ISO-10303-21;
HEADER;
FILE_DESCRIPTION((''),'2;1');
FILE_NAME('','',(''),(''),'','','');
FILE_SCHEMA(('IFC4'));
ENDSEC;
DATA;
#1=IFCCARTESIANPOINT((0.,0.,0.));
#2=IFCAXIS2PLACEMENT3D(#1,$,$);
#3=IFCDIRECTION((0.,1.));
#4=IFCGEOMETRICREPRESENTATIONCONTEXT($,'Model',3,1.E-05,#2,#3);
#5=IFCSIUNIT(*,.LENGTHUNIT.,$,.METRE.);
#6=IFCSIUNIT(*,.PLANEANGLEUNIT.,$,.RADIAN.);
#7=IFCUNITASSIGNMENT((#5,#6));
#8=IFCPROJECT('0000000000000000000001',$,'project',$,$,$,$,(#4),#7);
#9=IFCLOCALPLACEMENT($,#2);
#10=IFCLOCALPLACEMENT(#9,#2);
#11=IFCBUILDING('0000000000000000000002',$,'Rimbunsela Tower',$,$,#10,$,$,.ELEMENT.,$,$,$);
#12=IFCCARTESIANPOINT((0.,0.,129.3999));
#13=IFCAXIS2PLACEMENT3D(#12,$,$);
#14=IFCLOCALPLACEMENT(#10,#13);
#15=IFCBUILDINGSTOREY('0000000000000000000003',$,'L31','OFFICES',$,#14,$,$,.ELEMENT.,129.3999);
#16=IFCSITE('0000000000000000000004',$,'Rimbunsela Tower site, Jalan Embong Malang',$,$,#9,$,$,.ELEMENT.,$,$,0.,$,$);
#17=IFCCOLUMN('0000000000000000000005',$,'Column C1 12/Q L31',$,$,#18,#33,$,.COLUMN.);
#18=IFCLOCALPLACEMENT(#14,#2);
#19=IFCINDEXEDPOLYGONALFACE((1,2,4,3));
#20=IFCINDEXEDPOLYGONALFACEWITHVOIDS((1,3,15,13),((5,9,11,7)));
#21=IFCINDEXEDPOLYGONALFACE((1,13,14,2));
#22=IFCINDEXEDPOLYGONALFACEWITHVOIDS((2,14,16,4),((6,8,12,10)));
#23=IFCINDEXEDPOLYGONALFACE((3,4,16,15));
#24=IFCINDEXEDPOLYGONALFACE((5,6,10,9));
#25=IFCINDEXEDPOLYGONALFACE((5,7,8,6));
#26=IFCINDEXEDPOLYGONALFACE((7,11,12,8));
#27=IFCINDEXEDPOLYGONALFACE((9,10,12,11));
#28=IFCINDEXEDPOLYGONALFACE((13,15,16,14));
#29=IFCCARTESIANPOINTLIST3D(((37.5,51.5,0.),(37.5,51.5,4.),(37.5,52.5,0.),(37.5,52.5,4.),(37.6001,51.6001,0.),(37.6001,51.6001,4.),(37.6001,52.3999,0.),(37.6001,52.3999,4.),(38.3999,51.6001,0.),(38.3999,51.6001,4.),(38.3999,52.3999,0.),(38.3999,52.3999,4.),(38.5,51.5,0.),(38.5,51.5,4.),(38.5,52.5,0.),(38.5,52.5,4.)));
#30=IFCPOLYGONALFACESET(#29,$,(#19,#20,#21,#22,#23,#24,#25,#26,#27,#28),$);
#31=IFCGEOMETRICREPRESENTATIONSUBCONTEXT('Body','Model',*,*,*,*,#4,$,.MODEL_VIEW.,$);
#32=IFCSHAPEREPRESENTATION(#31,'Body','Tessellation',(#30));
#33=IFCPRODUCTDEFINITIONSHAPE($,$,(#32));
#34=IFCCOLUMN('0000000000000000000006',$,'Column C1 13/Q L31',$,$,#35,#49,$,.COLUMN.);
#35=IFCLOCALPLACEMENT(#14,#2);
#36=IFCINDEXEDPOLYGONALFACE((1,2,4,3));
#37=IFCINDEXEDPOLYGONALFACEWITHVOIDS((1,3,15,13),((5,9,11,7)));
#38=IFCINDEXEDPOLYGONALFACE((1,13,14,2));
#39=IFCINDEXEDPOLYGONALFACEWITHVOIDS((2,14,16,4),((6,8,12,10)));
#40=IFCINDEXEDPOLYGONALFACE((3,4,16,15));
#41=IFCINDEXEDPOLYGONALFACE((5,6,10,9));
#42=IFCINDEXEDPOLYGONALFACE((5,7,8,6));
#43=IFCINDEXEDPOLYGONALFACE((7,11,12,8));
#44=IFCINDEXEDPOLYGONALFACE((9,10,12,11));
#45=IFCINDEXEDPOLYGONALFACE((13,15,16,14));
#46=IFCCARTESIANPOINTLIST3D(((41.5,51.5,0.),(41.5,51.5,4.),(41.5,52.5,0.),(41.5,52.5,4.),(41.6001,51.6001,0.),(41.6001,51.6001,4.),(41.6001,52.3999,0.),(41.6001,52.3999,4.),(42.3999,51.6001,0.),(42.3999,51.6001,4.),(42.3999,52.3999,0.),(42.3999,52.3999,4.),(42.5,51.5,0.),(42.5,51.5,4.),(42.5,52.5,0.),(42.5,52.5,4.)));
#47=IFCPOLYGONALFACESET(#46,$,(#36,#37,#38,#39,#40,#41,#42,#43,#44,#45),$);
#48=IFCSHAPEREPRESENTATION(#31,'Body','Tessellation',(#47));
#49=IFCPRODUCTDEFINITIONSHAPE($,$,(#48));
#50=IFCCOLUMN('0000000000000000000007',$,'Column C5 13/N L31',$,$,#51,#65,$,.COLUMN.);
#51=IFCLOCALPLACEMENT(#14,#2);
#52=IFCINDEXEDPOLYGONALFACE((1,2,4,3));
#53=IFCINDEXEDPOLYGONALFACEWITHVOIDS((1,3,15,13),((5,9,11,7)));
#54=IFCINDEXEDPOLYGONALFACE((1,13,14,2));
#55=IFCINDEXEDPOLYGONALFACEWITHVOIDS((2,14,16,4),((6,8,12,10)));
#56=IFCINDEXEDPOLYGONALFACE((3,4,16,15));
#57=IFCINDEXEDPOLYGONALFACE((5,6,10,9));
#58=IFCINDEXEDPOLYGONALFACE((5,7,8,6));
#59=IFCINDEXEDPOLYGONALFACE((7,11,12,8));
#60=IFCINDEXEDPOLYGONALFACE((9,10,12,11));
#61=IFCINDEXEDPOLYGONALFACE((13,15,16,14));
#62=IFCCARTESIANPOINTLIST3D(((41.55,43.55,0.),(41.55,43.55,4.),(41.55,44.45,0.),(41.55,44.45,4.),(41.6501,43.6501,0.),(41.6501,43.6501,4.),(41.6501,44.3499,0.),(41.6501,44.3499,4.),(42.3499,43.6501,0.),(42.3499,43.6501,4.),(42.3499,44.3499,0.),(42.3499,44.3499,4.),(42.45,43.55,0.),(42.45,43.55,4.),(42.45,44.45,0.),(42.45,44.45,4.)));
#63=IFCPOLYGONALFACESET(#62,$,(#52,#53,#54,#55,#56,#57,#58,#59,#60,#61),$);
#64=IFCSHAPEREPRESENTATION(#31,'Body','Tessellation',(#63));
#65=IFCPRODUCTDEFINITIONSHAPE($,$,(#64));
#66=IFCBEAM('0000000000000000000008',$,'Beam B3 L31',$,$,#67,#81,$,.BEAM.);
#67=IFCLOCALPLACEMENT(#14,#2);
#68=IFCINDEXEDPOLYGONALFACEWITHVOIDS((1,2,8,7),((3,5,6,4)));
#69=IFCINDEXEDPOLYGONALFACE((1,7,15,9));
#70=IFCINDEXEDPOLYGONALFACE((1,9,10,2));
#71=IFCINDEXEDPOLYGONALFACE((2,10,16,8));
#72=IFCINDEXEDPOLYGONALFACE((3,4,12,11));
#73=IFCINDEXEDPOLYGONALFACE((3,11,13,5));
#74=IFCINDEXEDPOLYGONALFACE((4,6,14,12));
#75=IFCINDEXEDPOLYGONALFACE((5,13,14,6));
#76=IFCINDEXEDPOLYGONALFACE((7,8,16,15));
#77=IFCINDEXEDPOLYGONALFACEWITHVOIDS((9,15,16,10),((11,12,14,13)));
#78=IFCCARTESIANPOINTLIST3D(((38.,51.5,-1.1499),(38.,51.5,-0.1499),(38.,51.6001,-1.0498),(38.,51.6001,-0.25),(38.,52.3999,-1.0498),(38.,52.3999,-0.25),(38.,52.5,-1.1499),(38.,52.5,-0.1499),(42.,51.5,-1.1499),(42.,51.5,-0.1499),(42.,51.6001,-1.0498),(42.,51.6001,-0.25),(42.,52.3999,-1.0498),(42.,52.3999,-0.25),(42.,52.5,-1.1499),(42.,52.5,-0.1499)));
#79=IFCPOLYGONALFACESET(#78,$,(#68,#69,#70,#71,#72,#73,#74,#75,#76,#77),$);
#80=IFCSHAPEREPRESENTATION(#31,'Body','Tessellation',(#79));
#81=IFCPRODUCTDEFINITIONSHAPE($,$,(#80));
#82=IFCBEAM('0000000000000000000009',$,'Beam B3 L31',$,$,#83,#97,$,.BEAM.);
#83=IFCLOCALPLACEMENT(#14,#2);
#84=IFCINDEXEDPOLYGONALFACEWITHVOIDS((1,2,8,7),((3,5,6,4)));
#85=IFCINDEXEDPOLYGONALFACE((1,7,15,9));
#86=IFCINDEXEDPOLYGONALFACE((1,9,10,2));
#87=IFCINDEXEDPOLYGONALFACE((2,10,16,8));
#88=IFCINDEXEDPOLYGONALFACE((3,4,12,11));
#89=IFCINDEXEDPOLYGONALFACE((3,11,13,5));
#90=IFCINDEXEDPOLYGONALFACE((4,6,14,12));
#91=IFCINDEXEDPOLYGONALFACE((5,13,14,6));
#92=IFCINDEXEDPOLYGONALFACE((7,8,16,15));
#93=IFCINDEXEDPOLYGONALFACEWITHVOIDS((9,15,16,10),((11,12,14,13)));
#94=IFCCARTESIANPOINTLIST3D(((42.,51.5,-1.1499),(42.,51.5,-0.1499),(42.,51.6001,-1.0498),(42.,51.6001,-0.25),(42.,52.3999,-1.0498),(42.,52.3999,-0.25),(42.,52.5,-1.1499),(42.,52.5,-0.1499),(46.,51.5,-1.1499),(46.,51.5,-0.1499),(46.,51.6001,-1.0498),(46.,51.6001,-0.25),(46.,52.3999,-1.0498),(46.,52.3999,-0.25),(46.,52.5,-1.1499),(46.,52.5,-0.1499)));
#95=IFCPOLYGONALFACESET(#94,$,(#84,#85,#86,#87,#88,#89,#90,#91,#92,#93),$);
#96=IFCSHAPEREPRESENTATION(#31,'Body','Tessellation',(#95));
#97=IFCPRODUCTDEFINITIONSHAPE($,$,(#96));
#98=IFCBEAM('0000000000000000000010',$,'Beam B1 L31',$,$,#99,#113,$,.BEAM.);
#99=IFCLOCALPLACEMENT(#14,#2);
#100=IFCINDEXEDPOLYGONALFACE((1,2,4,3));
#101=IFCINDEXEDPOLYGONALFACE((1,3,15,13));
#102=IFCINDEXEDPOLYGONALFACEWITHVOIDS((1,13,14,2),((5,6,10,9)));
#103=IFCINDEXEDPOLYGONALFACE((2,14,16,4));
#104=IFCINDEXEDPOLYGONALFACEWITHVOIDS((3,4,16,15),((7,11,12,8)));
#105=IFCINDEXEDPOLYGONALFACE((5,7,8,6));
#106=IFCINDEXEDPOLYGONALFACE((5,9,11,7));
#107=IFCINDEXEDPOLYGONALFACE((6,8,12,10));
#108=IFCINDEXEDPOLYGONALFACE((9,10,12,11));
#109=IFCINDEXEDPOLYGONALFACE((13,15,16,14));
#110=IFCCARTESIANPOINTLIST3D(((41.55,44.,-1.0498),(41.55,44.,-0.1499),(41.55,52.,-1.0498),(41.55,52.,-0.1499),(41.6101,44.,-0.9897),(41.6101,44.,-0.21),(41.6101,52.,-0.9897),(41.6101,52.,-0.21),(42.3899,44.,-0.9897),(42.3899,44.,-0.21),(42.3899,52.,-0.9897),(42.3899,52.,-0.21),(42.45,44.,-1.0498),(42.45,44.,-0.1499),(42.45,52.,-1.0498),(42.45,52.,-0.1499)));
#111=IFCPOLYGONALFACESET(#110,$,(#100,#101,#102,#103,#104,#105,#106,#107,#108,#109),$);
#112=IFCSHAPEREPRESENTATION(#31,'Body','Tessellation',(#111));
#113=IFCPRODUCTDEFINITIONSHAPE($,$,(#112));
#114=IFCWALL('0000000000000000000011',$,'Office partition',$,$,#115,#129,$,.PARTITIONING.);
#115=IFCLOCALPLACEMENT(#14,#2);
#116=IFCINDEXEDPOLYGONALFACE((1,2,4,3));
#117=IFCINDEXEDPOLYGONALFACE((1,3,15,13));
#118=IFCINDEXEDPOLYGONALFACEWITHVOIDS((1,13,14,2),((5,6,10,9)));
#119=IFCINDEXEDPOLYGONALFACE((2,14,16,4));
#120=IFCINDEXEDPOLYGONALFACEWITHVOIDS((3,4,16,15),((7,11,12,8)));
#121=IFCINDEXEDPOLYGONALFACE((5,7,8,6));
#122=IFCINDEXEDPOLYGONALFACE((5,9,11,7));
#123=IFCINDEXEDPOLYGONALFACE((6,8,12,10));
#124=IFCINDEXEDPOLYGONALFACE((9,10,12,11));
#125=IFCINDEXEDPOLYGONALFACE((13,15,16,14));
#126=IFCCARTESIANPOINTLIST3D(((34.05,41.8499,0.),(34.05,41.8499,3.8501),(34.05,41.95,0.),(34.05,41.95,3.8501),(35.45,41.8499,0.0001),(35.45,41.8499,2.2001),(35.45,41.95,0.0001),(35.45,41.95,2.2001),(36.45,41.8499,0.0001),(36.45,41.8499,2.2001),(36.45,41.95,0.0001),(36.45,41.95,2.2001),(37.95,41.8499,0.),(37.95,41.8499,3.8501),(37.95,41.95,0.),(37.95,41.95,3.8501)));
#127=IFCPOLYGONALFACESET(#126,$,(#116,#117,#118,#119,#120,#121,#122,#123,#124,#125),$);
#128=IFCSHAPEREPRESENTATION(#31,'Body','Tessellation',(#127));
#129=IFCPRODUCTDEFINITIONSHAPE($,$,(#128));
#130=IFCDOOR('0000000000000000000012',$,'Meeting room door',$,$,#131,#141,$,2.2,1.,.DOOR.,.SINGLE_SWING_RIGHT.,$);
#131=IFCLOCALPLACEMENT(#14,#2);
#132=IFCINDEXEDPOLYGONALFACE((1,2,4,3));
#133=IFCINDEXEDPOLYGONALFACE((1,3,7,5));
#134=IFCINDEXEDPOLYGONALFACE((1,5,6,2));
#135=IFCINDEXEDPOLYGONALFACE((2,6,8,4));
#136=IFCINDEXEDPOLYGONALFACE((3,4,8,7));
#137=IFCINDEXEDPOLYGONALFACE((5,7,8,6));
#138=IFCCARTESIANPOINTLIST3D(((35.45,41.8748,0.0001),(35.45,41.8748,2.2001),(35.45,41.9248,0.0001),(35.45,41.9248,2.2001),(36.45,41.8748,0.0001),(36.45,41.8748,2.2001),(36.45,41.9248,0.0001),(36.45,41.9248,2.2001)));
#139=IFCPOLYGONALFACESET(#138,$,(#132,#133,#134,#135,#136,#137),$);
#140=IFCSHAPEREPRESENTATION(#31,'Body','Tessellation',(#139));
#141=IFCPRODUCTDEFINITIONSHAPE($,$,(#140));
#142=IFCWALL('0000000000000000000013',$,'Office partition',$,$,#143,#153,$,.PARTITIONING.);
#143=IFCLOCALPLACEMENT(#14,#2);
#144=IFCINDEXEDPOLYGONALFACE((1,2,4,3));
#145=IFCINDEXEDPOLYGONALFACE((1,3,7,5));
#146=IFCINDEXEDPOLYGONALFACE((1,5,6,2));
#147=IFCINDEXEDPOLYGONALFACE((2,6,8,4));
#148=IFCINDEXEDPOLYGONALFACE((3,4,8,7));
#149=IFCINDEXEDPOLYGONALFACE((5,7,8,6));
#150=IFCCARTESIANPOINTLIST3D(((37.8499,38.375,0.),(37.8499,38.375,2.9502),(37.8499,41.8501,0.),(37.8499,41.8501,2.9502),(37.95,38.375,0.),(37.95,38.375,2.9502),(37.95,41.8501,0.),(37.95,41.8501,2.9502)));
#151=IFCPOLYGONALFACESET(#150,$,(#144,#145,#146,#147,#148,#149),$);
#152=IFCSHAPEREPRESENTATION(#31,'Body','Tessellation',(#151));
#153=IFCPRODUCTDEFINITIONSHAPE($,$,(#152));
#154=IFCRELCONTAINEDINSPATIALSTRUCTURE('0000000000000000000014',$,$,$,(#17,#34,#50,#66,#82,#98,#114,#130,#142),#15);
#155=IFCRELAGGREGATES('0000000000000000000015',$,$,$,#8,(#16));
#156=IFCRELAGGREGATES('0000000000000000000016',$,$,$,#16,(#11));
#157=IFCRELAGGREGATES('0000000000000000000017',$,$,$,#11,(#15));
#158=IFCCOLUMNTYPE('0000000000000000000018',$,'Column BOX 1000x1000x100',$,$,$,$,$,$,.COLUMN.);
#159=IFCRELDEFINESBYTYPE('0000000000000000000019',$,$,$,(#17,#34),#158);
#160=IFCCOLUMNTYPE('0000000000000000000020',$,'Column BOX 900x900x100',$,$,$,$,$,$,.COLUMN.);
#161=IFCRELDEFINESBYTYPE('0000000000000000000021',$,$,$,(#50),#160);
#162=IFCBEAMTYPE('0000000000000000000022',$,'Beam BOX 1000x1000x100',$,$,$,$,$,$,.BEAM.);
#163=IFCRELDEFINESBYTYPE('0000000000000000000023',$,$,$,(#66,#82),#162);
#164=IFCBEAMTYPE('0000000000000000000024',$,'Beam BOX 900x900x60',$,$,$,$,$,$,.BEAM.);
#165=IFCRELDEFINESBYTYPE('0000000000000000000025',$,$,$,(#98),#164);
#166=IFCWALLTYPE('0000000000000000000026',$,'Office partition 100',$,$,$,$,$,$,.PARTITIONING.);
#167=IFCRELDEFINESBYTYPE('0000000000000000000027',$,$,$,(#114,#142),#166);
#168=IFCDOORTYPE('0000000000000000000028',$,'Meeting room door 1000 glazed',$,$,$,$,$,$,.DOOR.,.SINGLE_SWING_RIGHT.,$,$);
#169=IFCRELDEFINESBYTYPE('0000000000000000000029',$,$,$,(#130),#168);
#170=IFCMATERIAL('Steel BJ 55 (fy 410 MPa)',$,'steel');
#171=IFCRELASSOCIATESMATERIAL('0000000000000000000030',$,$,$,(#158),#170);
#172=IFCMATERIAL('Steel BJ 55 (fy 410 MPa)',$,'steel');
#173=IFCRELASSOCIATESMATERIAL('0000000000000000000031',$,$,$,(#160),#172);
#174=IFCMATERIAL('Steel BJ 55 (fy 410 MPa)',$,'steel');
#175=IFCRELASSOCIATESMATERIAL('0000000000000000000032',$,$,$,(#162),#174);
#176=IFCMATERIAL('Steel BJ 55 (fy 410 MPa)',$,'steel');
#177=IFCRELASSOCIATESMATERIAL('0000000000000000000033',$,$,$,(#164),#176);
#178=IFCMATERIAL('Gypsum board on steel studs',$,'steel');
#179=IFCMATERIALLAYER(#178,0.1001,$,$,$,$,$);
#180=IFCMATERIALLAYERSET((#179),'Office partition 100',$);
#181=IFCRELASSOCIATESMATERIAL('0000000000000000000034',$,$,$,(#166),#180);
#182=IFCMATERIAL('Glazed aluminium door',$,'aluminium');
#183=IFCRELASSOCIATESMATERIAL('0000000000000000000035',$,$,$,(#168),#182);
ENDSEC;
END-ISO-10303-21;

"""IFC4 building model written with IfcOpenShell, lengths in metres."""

from ifc_helpers import new_model, si_unit, direction, frame, frame_2d, origin, origin_2d, place, context, subcontext, project, spatial, rectangle, hollow_rectangle, extrude, material, layer, layer_set, material_profile, profile_set, type_object, element, fill, save


model = new_model("IFC4")

# Units and contexts
model_context = context("Model", 3, precision=1e-05, world=origin(), true_north=direction((0.0, 1.0)))
body_context = subcontext(model_context, "Body", "Model", "MODEL_VIEW")
ifc_project = project(units=[si_unit("LENGTHUNIT", "METRE"), si_unit("PLANEANGLEUNIT", "RADIAN")], contexts=[model_context])

# Site, building, storey
site_placement = place(None, origin())
site = spatial("IfcSite", under=ifc_project, at=site_placement, Name="Rimbunsela Tower site, Jalan Embong Malang", CompositionType="ELEMENT", RefElevation=0.0)
building_placement = place(site_placement, origin())
building = spatial("IfcBuilding", under=site, at=building_placement, Name="Rimbunsela Tower", CompositionType="ELEMENT")
storey_placement = place(building_placement, frame((0.0, 0.0, 129.3999)))
storey = spatial("IfcBuildingStorey", under=building, at=storey_placement, Name="L31", Description="OFFICES", CompositionType="ELEMENT", Elevation=129.3999)

# Columns
ifc_material_1 = material(Name="Steel BJ 55 (fy 410 MPa)", Category="steel")
ifc_material_profile_1 = material_profile(ifc_material_1, hollow_rectangle(XDim=1.0, YDim=1.0, WallThickness=0.1001, at=origin_2d()), Name="BOX 1000x1000x100")
ifc_profile_set_1 = profile_set([ifc_material_profile_1], Name="Steel BJ 55 (fy 410 MPa)")
column_type_1 = type_object("IfcColumnType", Name="Column BOX 1000x1000x100", PredefinedType="COLUMN", material=ifc_profile_set_1)
for number, where, z_axis, x_axis, name in (
    (1, (38.0, 52.0, 0.0), (0.0, 0.0, 1.0), (1.0, 0.0, 0.0), "Column C1 12/Q L31"),
    (2, (42.0, 52.0, 0.0), (0.0, 0.0, 1.0), (1.0, 0.0, 0.0), "Column C1 13/Q L31"),
):
    element("IfcColumn", number, at=place(storey_placement, frame(where, z_axis=z_axis, x_axis=x_axis)), inside=storey, type_object=column_type_1, Name=name, PredefinedType="COLUMN", context=body_context, shape_type="SweptSolid", body=[
        extrude(hollow_rectangle(XDim=1.0, YDim=1.0, WallThickness=0.1001, at=origin_2d()), origin(), (0.0, 0.0, 1.0), 4.0),
    ])
ifc_material_2 = material(Name="Steel BJ 55 (fy 410 MPa)", Category="steel")
ifc_material_profile_2 = material_profile(ifc_material_2, hollow_rectangle(XDim=0.8999, YDim=0.8999, WallThickness=0.1001, at=origin_2d()), Name="BOX 900x900x100")
ifc_profile_set_2 = profile_set([ifc_material_profile_2], Name="Steel BJ 55 (fy 410 MPa)")
column_type_2 = type_object("IfcColumnType", Name="Column BOX 900x900x100", PredefinedType="COLUMN", material=ifc_profile_set_2)
column_placement = place(storey_placement, frame((42.0, 44.0, 0.0), z_axis=(0.0, 0.0, 1.0), x_axis=(1.0, 0.0, 0.0)))
element("IfcColumn", 3, at=column_placement, inside=storey, type_object=column_type_2, Name="Column C5 13/N L31", PredefinedType="COLUMN", context=body_context, shape_type="SweptSolid", body=[
    extrude(hollow_rectangle(XDim=0.8999, YDim=0.8999, WallThickness=0.1001, at=origin_2d()), origin(), (0.0, 0.0, 1.0), 4.0),
])

# Beams
ifc_material_3 = material(Name="Steel BJ 55 (fy 410 MPa)", Category="steel")
ifc_material_profile_3 = material_profile(ifc_material_3, hollow_rectangle(XDim=1.0, YDim=1.0, WallThickness=0.1001, at=origin_2d()), Name="BOX 1000x1000x100")
ifc_profile_set_3 = profile_set([ifc_material_profile_3], Name="Steel BJ 55 (fy 410 MPa)")
beam_type_1 = type_object("IfcBeamType", Name="Beam BOX 1000x1000x100", PredefinedType="BEAM", material=ifc_profile_set_3)
for number, where, z_axis, x_axis, name in (
    (4, (38.0, 52.0, -0.6499), (1.0, 0.0, 0.0), (0.0, 1.0, 0.0), "Beam B3 L31"),
    (5, (42.0, 52.0, -0.6499), (1.0, 0.0, 0.0), (0.0, 1.0, 0.0), "Beam B3 L31"),
):
    element("IfcBeam", number, at=place(storey_placement, frame(where, z_axis=z_axis, x_axis=x_axis)), inside=storey, type_object=beam_type_1, Name=name, PredefinedType="BEAM", context=body_context, shape_type="SweptSolid", body=[
        extrude(hollow_rectangle(XDim=1.0, YDim=1.0, WallThickness=0.1001, at=origin_2d()), origin(), (0.0, 0.0, 1.0), 4.0),
    ])
ifc_material_4 = material(Name="Steel BJ 55 (fy 410 MPa)", Category="steel")
ifc_material_profile_4 = material_profile(ifc_material_4, hollow_rectangle(XDim=0.8999, YDim=0.8999, WallThickness=0.0601, at=origin_2d()), Name="BOX 900x900x60")
ifc_profile_set_4 = profile_set([ifc_material_profile_4], Name="Steel BJ 55 (fy 410 MPa)")
beam_type_2 = type_object("IfcBeamType", Name="Beam BOX 900x900x60", PredefinedType="BEAM", material=ifc_profile_set_4)
beam_placement = place(storey_placement, frame((42.0, 44.0, -0.5999), z_axis=(0.0, 1.0, 0.0), x_axis=(-1.0, 0.0, 0.0)))
element("IfcBeam", 6, at=beam_placement, inside=storey, type_object=beam_type_2, Name="Beam B1 L31", PredefinedType="BEAM", context=body_context, shape_type="SweptSolid", body=[
    extrude(hollow_rectangle(XDim=0.8999, YDim=0.8999, WallThickness=0.0601, at=origin_2d()), origin(), (0.0, 0.0, 1.0), 8.0),
])

# Wall, opening, door
ifc_material_5 = material(Name="Gypsum board on steel studs", Category="steel")
ifc_layer_1 = layer(ifc_material_5, 0.1001)
ifc_layer_set_1 = layer_set([ifc_layer_1], Name="Office partition 100")
wall_type_1 = type_object("IfcWallType", Name="Office partition 100", PredefinedType="PARTITIONING", material=ifc_layer_set_1)
wall_1_placement = place(storey_placement, frame((34.05, 41.8999, 0.0), z_axis=(0.0, 0.0, 1.0), x_axis=(1.0, 0.0, 0.0)))
wall_1 = element("IfcWall", 7, at=wall_1_placement, inside=storey, type_object=wall_type_1, Name="Office partition", PredefinedType="PARTITIONING", context=body_context, shape_type="SweptSolid", body=[
    extrude(rectangle(XDim=3.8999, YDim=0.1001, at=frame_2d((1.95, 0.0))), origin(), (0.0, 0.0, 1.0), 3.8501),
])
opening_1_placement = place(wall_1_placement, frame((1.3999, 0.0, 0.0)))
opening_1 = element("IfcOpeningElement", 8, at=opening_1_placement, cuts=wall_1, PredefinedType="OPENING", context=body_context, shape_type="SweptSolid", body=[
    extrude(rectangle(XDim=1.0, YDim=2.2, at=frame_2d((0.5, 1.1001))), frame((0.0, 0.0601, 0.0), z_axis=(0.0, -1.0, 0.0), x_axis=(1.0, 0.0, 0.0)), (0.0, 0.0, 1.0), 0.1201),
])
ifc_material_6 = material(Name="Glazed aluminium door", Category="aluminium")
door_type = type_object("IfcDoorType", Name="Meeting room door 1000 glazed", OperationType="SINGLE_SWING_RIGHT", PredefinedType="DOOR", material=ifc_material_6)
door_placement = place(opening_1_placement, origin())
door = element("IfcDoor", 9, at=door_placement, inside=storey, type_object=door_type, Name="Meeting room door", OperationType="SINGLE_SWING_RIGHT", OverallHeight=2.2, OverallWidth=1.0, PredefinedType="DOOR", context=body_context, shape_type="SweptSolid", body=[
    extrude(rectangle(XDim=1.0, YDim=2.2, at=frame_2d((0.5, 1.1001))), frame((0.0, 0.0249, 0.0), z_axis=(0.0, -1.0, 0.0), x_axis=(1.0, 0.0, 0.0)), (0.0, 0.0, 1.0), 0.05),
])
fill(opening_1, door)

# Wall
wall_2_placement = place(storey_placement, frame((37.8999, 38.375, 0.0), z_axis=(0.0, 0.0, 1.0), x_axis=(0.0, 1.0, 0.0)))
element("IfcWall", 10, at=wall_2_placement, inside=storey, type_object=wall_type_1, Name="Office partition", PredefinedType="PARTITIONING", context=body_context, shape_type="SweptSolid", body=[
    extrude(rectangle(XDim=3.4751, YDim=0.1001, at=frame_2d((1.7375, 0.0))), origin(), (0.0, 0.0, 1.0), 2.9502),
])

save(model, "model.ifc")
